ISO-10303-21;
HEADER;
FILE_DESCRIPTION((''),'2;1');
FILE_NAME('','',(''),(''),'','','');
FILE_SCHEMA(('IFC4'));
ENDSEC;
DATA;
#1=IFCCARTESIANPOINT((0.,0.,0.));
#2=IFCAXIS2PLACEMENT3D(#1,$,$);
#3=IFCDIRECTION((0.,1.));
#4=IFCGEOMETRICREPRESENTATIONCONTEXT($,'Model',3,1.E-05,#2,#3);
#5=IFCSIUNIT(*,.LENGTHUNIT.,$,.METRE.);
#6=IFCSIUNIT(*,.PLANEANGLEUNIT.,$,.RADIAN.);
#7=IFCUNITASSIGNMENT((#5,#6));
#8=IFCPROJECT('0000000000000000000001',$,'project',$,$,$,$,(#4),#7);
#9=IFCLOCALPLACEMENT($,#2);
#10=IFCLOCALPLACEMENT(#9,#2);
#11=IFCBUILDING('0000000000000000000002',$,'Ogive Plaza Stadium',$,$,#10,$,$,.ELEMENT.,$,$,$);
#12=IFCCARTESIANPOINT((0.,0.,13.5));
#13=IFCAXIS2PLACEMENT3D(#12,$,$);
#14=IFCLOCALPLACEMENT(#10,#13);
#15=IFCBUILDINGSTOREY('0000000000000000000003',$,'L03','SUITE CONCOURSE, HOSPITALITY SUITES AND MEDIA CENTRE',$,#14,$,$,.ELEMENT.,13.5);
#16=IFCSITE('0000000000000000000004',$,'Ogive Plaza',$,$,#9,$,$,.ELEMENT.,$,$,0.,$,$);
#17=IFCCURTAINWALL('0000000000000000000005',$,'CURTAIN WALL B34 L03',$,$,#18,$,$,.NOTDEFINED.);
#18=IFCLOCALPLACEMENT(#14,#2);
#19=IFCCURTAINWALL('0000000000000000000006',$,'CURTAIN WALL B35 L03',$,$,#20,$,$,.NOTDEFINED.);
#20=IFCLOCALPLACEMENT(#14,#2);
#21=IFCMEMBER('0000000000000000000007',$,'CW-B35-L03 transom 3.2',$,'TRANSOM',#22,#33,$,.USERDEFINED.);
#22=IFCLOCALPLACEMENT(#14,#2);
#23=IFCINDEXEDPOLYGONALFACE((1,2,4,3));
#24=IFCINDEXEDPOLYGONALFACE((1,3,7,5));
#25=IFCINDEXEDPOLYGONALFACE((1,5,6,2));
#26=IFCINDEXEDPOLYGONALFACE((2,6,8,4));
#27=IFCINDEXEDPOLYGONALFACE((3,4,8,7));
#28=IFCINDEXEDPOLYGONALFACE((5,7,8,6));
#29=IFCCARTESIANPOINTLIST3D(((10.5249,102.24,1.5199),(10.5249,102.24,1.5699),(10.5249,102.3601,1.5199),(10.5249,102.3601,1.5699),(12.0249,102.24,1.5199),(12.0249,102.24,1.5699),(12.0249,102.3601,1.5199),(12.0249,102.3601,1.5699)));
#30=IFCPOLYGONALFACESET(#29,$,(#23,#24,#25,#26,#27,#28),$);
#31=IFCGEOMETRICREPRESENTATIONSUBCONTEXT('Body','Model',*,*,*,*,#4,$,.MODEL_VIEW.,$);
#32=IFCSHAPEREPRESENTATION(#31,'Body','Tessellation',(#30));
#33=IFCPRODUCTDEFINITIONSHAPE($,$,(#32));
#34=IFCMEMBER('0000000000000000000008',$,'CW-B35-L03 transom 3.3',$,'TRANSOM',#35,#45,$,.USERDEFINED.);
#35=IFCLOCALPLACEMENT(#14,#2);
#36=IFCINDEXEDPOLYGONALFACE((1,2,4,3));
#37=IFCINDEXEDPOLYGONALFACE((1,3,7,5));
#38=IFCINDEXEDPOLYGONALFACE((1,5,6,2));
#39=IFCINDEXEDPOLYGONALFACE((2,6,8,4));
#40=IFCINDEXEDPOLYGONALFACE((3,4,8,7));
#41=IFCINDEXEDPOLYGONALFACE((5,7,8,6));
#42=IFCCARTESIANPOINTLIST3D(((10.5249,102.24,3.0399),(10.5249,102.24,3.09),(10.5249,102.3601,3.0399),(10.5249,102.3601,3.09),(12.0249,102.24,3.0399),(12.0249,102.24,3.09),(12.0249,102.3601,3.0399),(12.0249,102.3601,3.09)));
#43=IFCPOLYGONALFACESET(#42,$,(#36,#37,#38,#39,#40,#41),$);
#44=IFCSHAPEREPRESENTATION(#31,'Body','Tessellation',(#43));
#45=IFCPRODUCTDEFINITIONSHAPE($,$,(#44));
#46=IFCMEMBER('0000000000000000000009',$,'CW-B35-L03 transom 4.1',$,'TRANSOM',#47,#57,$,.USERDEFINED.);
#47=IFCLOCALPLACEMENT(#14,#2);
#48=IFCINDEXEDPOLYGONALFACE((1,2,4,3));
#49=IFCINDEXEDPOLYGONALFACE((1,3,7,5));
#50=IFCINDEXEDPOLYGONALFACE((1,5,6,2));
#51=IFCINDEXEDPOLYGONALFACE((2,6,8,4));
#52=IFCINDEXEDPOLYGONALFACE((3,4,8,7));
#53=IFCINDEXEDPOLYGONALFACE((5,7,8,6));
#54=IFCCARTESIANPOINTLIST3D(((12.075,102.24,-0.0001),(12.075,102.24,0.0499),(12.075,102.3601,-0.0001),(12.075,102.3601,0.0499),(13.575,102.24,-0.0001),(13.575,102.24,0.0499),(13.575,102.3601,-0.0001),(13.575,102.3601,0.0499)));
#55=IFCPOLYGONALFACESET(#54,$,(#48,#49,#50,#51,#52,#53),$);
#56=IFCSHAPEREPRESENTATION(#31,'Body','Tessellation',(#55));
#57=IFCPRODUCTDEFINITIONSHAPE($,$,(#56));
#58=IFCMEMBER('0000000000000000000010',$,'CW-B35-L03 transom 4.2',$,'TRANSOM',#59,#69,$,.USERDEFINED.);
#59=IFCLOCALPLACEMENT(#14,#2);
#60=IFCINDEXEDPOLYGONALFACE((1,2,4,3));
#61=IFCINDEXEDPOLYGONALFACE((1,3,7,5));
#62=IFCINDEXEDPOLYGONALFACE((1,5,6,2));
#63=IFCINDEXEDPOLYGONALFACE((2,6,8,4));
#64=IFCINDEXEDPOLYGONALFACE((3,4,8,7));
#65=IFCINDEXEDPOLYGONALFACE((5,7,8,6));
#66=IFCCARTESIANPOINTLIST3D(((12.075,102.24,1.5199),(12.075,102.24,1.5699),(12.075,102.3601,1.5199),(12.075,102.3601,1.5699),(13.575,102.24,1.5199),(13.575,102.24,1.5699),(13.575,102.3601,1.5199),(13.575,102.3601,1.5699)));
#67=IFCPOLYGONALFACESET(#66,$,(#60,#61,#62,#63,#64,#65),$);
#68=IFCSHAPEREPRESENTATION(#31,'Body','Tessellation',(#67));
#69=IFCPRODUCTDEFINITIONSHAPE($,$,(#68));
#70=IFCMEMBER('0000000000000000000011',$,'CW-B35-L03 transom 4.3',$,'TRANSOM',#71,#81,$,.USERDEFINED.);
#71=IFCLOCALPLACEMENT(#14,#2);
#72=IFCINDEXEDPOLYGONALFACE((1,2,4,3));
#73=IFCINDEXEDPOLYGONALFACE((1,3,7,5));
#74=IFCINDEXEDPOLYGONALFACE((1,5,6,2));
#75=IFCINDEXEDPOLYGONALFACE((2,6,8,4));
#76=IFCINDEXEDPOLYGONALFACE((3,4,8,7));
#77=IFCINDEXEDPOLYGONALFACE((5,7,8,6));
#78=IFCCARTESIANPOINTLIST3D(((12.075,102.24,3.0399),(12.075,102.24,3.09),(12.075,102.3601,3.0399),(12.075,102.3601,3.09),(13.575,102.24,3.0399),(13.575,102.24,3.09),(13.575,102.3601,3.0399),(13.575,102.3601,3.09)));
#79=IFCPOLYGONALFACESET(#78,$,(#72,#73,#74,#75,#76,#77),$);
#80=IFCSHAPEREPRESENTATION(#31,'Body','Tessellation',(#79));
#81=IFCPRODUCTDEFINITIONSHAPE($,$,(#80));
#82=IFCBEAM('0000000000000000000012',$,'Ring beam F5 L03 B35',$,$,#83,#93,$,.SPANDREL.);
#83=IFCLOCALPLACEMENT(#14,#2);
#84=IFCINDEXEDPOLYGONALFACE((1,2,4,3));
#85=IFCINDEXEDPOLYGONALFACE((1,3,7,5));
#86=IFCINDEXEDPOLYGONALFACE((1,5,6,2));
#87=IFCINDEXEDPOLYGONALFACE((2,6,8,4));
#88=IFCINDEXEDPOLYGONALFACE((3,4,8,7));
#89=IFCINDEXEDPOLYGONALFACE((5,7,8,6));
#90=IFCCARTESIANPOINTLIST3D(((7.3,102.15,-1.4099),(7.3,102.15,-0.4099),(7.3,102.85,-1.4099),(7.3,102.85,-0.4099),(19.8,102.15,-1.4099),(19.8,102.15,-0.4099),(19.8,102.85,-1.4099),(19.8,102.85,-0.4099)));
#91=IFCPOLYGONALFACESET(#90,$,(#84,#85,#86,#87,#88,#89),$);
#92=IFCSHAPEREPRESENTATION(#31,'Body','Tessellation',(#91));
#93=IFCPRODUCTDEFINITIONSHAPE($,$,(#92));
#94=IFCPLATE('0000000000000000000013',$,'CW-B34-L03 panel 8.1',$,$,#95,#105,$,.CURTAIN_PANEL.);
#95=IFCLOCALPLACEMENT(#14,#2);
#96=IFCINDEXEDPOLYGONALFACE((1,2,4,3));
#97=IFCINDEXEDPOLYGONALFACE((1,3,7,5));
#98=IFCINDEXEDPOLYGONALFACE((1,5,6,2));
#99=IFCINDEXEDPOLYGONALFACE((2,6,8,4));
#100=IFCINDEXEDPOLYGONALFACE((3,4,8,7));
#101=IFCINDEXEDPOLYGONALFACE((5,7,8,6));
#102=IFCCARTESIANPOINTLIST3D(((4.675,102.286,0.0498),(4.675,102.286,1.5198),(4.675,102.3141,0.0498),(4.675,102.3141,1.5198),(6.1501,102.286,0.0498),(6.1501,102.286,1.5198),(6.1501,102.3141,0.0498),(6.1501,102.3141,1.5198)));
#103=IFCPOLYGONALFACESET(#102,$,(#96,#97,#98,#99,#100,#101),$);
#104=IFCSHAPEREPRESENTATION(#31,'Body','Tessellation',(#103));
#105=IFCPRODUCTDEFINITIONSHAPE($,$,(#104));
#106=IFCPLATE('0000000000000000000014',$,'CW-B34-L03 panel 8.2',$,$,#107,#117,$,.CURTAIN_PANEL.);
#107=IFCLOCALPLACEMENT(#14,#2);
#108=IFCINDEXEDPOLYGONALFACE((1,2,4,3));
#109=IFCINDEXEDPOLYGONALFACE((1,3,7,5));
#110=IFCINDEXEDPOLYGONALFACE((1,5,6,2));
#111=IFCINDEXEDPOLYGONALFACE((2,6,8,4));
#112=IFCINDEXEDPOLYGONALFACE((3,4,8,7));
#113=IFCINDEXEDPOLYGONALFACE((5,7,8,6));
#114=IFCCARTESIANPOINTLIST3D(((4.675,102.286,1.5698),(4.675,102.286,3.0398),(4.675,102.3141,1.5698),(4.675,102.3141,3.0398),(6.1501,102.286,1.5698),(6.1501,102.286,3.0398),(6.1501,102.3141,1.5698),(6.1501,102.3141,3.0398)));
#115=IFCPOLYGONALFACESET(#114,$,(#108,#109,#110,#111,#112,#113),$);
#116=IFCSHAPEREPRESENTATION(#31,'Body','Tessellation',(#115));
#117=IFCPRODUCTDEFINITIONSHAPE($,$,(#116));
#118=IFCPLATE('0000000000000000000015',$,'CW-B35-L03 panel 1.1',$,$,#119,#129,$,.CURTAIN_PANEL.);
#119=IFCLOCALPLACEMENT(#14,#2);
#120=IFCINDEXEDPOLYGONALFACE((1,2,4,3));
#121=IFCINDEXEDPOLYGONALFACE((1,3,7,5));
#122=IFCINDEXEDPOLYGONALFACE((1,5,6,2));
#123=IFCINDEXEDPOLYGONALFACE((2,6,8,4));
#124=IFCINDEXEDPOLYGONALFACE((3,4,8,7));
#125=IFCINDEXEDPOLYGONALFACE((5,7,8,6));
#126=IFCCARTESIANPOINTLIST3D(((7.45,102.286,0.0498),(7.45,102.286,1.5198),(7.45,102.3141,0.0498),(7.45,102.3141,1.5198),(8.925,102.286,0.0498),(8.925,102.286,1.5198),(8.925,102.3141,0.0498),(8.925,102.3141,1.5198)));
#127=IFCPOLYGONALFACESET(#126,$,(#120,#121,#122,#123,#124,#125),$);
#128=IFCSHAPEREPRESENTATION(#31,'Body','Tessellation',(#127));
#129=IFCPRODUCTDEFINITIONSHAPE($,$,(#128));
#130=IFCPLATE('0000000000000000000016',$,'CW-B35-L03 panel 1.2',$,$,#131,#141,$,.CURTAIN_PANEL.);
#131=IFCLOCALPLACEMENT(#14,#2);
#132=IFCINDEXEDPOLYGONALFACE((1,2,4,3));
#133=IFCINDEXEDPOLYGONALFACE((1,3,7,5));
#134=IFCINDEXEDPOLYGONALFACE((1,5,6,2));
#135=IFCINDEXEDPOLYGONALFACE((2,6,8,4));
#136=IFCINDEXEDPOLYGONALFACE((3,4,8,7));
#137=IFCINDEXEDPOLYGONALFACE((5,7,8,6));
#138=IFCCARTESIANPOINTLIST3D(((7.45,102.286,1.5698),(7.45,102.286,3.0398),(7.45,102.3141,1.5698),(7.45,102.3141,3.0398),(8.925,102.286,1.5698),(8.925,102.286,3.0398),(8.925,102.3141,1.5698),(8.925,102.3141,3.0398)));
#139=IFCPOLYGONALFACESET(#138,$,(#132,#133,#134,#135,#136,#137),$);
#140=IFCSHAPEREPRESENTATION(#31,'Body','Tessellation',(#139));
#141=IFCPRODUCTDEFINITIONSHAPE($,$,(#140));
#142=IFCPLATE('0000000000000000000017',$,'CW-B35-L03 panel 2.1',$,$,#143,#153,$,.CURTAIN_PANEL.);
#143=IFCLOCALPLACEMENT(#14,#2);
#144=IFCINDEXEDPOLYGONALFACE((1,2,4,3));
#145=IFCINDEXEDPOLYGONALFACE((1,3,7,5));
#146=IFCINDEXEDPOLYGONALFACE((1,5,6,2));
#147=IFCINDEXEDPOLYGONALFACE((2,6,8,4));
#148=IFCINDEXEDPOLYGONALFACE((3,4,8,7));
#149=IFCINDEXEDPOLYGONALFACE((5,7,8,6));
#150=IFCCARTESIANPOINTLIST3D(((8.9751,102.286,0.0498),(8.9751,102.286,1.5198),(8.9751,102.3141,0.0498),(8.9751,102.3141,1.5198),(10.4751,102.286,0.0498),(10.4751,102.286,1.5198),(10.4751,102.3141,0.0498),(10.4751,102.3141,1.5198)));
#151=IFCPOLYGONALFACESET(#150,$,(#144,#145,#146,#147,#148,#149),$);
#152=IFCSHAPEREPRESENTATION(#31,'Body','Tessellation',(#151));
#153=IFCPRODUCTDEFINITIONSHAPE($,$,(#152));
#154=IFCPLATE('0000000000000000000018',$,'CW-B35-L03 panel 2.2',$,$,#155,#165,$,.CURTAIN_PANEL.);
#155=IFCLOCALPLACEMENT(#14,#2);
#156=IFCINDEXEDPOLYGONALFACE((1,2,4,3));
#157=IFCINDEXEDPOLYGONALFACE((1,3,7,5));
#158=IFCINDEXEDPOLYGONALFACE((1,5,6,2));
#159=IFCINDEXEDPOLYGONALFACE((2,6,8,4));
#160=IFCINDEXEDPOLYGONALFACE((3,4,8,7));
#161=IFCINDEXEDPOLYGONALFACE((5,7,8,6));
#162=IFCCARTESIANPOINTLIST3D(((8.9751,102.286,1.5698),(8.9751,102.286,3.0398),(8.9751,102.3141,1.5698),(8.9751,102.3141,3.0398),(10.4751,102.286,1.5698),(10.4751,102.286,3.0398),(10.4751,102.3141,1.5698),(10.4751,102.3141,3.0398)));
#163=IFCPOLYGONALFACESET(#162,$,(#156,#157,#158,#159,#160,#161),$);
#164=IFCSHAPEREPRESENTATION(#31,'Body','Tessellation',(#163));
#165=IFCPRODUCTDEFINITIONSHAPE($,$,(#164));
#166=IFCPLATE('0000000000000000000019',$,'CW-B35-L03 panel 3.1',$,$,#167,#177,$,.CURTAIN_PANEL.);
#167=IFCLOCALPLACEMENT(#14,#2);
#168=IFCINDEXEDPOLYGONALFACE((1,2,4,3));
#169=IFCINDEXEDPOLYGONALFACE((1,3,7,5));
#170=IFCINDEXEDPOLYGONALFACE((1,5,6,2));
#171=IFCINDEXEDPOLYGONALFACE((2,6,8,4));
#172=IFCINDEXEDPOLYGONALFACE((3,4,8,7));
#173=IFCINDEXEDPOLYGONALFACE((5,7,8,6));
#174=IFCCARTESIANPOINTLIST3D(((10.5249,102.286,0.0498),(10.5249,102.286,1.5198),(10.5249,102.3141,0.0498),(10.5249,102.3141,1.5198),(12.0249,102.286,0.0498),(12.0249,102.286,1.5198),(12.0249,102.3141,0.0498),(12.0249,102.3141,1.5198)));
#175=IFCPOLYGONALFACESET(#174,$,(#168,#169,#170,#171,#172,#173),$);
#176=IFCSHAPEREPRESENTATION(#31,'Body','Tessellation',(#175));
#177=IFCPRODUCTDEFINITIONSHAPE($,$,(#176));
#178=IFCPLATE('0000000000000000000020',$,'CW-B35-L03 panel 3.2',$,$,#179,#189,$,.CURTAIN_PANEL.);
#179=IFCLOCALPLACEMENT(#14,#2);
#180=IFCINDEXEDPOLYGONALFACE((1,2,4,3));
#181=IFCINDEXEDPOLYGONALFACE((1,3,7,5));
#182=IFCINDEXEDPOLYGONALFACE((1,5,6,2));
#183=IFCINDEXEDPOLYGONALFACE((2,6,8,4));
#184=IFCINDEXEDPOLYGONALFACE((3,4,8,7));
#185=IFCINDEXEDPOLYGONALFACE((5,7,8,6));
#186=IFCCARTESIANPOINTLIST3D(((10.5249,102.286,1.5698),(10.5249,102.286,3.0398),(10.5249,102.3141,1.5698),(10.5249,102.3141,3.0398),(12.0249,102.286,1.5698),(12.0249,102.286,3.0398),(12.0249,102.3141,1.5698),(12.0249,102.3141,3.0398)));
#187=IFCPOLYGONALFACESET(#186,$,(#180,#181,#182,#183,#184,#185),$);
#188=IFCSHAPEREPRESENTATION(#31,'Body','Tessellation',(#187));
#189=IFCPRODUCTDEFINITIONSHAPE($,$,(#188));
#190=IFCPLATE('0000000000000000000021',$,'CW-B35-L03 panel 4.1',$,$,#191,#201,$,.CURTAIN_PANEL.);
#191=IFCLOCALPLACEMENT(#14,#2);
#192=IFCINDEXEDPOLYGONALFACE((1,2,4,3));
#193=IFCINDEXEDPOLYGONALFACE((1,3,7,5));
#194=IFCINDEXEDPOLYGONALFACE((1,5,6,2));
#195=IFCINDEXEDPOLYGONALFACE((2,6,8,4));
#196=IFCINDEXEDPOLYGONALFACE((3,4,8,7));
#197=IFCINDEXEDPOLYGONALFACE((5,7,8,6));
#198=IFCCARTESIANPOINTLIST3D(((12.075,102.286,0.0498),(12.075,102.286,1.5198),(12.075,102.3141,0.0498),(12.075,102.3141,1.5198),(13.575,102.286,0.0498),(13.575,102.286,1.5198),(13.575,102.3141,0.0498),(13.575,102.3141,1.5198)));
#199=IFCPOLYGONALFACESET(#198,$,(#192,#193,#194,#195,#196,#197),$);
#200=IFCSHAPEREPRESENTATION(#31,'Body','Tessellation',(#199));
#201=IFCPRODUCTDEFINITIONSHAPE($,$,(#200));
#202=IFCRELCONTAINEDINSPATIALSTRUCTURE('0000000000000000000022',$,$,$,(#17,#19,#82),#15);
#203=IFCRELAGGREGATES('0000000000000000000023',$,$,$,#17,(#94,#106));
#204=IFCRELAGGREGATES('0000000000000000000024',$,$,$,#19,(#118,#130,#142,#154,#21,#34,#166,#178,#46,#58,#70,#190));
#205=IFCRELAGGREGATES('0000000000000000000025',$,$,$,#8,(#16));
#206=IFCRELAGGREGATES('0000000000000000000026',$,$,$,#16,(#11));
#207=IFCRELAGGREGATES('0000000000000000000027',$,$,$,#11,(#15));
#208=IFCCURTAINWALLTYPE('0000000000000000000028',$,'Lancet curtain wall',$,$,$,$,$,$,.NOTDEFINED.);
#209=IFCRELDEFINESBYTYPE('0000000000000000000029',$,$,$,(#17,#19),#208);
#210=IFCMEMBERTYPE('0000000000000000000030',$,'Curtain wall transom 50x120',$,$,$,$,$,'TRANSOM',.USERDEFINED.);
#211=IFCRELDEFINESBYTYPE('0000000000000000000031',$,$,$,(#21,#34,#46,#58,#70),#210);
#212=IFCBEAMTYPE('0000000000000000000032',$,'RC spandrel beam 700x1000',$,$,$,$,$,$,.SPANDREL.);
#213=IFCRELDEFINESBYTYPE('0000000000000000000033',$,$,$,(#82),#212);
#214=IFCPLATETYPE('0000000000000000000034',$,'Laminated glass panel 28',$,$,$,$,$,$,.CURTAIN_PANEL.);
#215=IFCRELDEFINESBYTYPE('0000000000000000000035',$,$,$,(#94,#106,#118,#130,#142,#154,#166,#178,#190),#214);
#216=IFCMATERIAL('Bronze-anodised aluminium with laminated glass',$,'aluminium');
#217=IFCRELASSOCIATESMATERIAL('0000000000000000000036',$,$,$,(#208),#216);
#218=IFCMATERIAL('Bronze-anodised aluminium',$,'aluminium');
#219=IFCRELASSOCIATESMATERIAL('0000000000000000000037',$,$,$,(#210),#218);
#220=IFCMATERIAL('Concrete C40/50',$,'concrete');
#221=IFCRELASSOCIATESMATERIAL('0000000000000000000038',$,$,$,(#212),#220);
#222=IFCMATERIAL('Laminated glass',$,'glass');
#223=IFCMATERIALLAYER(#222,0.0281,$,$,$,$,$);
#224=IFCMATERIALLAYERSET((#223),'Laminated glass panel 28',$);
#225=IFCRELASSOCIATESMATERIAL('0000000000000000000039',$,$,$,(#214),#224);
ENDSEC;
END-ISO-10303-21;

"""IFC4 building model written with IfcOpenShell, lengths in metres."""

from ifc_helpers import new_model, si_unit, direction, frame, origin, origin_2d, place, context, subcontext, project, spatial, rectangle, extrude, material, layer, layer_set, material_profile, profile_set, type_object, element, aggregate, save


model = new_model("IFC4")

# Units and contexts
model_context = context("Model", 3, precision=1e-05, world=origin(), true_north=direction((0.0, 1.0)))
body_context = subcontext(model_context, "Body", "Model", "MODEL_VIEW")
ifc_project = project(units=[si_unit("LENGTHUNIT", "METRE"), si_unit("PLANEANGLEUNIT", "RADIAN")], contexts=[model_context])

# Site, building, storey
site_placement = place(None, origin())
site = spatial("IfcSite", under=ifc_project, at=site_placement, Name="Ogive Plaza", CompositionType="ELEMENT", RefElevation=0.0)
building_placement = place(site_placement, origin())
building = spatial("IfcBuilding", under=site, at=building_placement, Name="Ogive Plaza Stadium", CompositionType="ELEMENT")
storey_placement = place(building_placement, frame((0.0, 0.0, 13.5)))
storey = spatial("IfcBuildingStorey", under=building, at=storey_placement, Name="L03", Description="SUITE CONCOURSE, HOSPITALITY SUITES AND MEDIA CENTRE", CompositionType="ELEMENT", Elevation=13.5)

# Curtain wall
ifc_material_1 = material(Name="Bronze-anodised aluminium with laminated glass", Category="aluminium")
curtain_wall_type = type_object("IfcCurtainWallType", Name="Lancet curtain wall", PredefinedType="NOTDEFINED", material=ifc_material_1)
curtain_wall_1_placement = place(storey_placement, origin())
curtain_wall_1 = element("IfcCurtainWall", 1, at=curtain_wall_1_placement, inside=storey, type_object=curtain_wall_type, Name="CURTAIN WALL B34 L03", PredefinedType="NOTDEFINED")

# Curtain wall
curtain_wall_2_placement = place(storey_placement, origin())
curtain_wall_2 = element("IfcCurtainWall", 2, at=curtain_wall_2_placement, inside=storey, type_object=curtain_wall_type, Name="CURTAIN WALL B35 L03", PredefinedType="NOTDEFINED")

# Members
ifc_material_2 = material(Name="Bronze-anodised aluminium", Category="aluminium")
ifc_material_profile_1 = material_profile(ifc_material_2, rectangle(XDim=0.1201, YDim=0.05, at=origin_2d()), Name="AL 120x50")
ifc_profile_set_1 = profile_set([ifc_material_profile_1], Name="Bronze-anodised aluminium")
member_type_1 = type_object("IfcMemberType", Name="Curtain wall transom 50x120", ElementType="TRANSOM", PredefinedType="USERDEFINED", material=ifc_profile_set_1)
member_1_placement = place(storey_placement, frame((10.5249, 102.3, 1.5449), z_axis=(1.0, 0.0, 0.0), x_axis=(0.0, 1.0, 0.0)))
member_1 = element("IfcMember", 3, at=member_1_placement, type_object=member_type_1, Name="CW-B35-L03 transom 3.2", ObjectType="TRANSOM", PredefinedType="USERDEFINED", context=body_context, shape_type="SweptSolid", body=[
    extrude(rectangle(XDim=0.1201, YDim=0.05, at=origin_2d()), origin(), (0.0, 0.0, 1.0), 1.5),
])
member_2_placement = place(storey_placement, frame((10.5249, 102.3, 3.0649), z_axis=(1.0, 0.0, 0.0), x_axis=(0.0, 1.0, 0.0)))
member_2 = element("IfcMember", 4, at=member_2_placement, type_object=member_type_1, Name="CW-B35-L03 transom 3.3", ObjectType="TRANSOM", PredefinedType="USERDEFINED", context=body_context, shape_type="SweptSolid", body=[
    extrude(rectangle(XDim=0.1201, YDim=0.05, at=origin_2d()), origin(), (0.0, 0.0, 1.0), 1.5),
])
member_3_placement = place(storey_placement, frame((12.075, 102.3, 0.0249), z_axis=(1.0, 0.0, 0.0), x_axis=(0.0, 1.0, 0.0)))
member_3 = element("IfcMember", 5, at=member_3_placement, type_object=member_type_1, Name="CW-B35-L03 transom 4.1", ObjectType="TRANSOM", PredefinedType="USERDEFINED", context=body_context, shape_type="SweptSolid", body=[
    extrude(rectangle(XDim=0.1201, YDim=0.05, at=origin_2d()), origin(), (0.0, 0.0, 1.0), 1.5),
])
member_4_placement = place(storey_placement, frame((12.075, 102.3, 1.5449), z_axis=(1.0, 0.0, 0.0), x_axis=(0.0, 1.0, 0.0)))
member_4 = element("IfcMember", 6, at=member_4_placement, type_object=member_type_1, Name="CW-B35-L03 transom 4.2", ObjectType="TRANSOM", PredefinedType="USERDEFINED", context=body_context, shape_type="SweptSolid", body=[
    extrude(rectangle(XDim=0.1201, YDim=0.05, at=origin_2d()), origin(), (0.0, 0.0, 1.0), 1.5),
])
member_5_placement = place(storey_placement, frame((12.075, 102.3, 3.0649), z_axis=(1.0, 0.0, 0.0), x_axis=(0.0, 1.0, 0.0)))
member_5 = element("IfcMember", 7, at=member_5_placement, type_object=member_type_1, Name="CW-B35-L03 transom 4.3", ObjectType="TRANSOM", PredefinedType="USERDEFINED", context=body_context, shape_type="SweptSolid", body=[
    extrude(rectangle(XDim=0.1201, YDim=0.05, at=origin_2d()), origin(), (0.0, 0.0, 1.0), 1.5),
])

# Beam
ifc_material_3 = material(Name="Concrete C40/50", Category="concrete")
ifc_material_profile_2 = material_profile(ifc_material_3, rectangle(XDim=0.7, YDim=1.0, at=origin_2d()), Name="RC 700x1000")
ifc_profile_set_2 = profile_set([ifc_material_profile_2], Name="Concrete C40/50")
beam_type = type_object("IfcBeamType", Name="RC spandrel beam 700x1000", PredefinedType="SPANDREL", material=ifc_profile_set_2)
beam_placement = place(storey_placement, frame((7.3, 102.5, -0.9099), z_axis=(1.0, 0.0, 0.0), x_axis=(0.0, 1.0, 0.0)))
element("IfcBeam", 8, at=beam_placement, inside=storey, type_object=beam_type, Name="Ring beam F5 L03 B35", PredefinedType="SPANDREL", context=body_context, shape_type="SweptSolid", body=[
    extrude(rectangle(XDim=0.7, YDim=1.0, at=origin_2d()), origin(), (0.0, 0.0, 1.0), 12.5),
])

# Plates
ifc_material_4 = material(Name="Laminated glass", Category="glass")
ifc_layer_1 = layer(ifc_material_4, 0.0281)
ifc_layer_set_1 = layer_set([ifc_layer_1], Name="Laminated glass panel 28")
plate_type = type_object("IfcPlateType", Name="Laminated glass panel 28", PredefinedType="CURTAIN_PANEL", material=ifc_layer_set_1)
plate_1_placement = place(storey_placement, frame((5.4126, 102.3, 0.0498), z_axis=(0.0, 0.0, 1.0), x_axis=(1.0, 0.0, 0.0)))
plate_1 = element("IfcPlate", 9, at=plate_1_placement, type_object=plate_type, Name="CW-B34-L03 panel 8.1", PredefinedType="CURTAIN_PANEL", context=body_context, shape_type="SweptSolid", body=[
    extrude(rectangle(XDim=1.4751, YDim=0.0281, at=origin_2d()), origin(), (0.0, 0.0, 1.0), 1.47),
])
plate_2_placement = place(storey_placement, frame((5.4126, 102.3, 1.5698), z_axis=(0.0, 0.0, 1.0), x_axis=(1.0, 0.0, 0.0)))
plate_2 = element("IfcPlate", 10, at=plate_2_placement, type_object=plate_type, Name="CW-B34-L03 panel 8.2", PredefinedType="CURTAIN_PANEL", context=body_context, shape_type="SweptSolid", body=[
    extrude(rectangle(XDim=1.4751, YDim=0.0281, at=origin_2d()), origin(), (0.0, 0.0, 1.0), 1.47),
])
aggregate(curtain_wall_1, [plate_1, plate_2])
plate_3_placement = place(storey_placement, frame((8.1875, 102.3, 0.0498), z_axis=(0.0, 0.0, 1.0), x_axis=(1.0, 0.0, 0.0)))
plate_3 = element("IfcPlate", 11, at=plate_3_placement, type_object=plate_type, Name="CW-B35-L03 panel 1.1", PredefinedType="CURTAIN_PANEL", context=body_context, shape_type="SweptSolid", body=[
    extrude(rectangle(XDim=1.4751, YDim=0.0281, at=origin_2d()), origin(), (0.0, 0.0, 1.0), 1.47),
])
plate_4_placement = place(storey_placement, frame((8.1875, 102.3, 1.5698), z_axis=(0.0, 0.0, 1.0), x_axis=(1.0, 0.0, 0.0)))
plate_4 = element("IfcPlate", 12, at=plate_4_placement, type_object=plate_type, Name="CW-B35-L03 panel 1.2", PredefinedType="CURTAIN_PANEL", context=body_context, shape_type="SweptSolid", body=[
    extrude(rectangle(XDim=1.4751, YDim=0.0281, at=origin_2d()), origin(), (0.0, 0.0, 1.0), 1.47),
])
plate_5_placement = place(storey_placement, frame((9.7251, 102.3, 0.0498), z_axis=(0.0, 0.0, 1.0), x_axis=(1.0, 0.0, 0.0)))
plate_5 = element("IfcPlate", 13, at=plate_5_placement, type_object=plate_type, Name="CW-B35-L03 panel 2.1", PredefinedType="CURTAIN_PANEL", context=body_context, shape_type="SweptSolid", body=[
    extrude(rectangle(XDim=1.5, YDim=0.0281, at=origin_2d()), origin(), (0.0, 0.0, 1.0), 1.47),
])
plate_6_placement = place(storey_placement, frame((9.7251, 102.3, 1.5698), z_axis=(0.0, 0.0, 1.0), x_axis=(1.0, 0.0, 0.0)))
plate_6 = element("IfcPlate", 14, at=plate_6_placement, type_object=plate_type, Name="CW-B35-L03 panel 2.2", PredefinedType="CURTAIN_PANEL", context=body_context, shape_type="SweptSolid", body=[
    extrude(rectangle(XDim=1.5, YDim=0.0281, at=origin_2d()), origin(), (0.0, 0.0, 1.0), 1.47),
])
plate_7_placement = place(storey_placement, frame((11.2749, 102.3, 0.0498), z_axis=(0.0, 0.0, 1.0), x_axis=(1.0, 0.0, 0.0)))
plate_7 = element("IfcPlate", 15, at=plate_7_placement, type_object=plate_type, Name="CW-B35-L03 panel 3.1", PredefinedType="CURTAIN_PANEL", context=body_context, shape_type="SweptSolid", body=[
    extrude(rectangle(XDim=1.5, YDim=0.0281, at=origin_2d()), origin(), (0.0, 0.0, 1.0), 1.47),
])
plate_8_placement = place(storey_placement, frame((11.2749, 102.3, 1.5698), z_axis=(0.0, 0.0, 1.0), x_axis=(1.0, 0.0, 0.0)))
plate_8 = element("IfcPlate", 16, at=plate_8_placement, type_object=plate_type, Name="CW-B35-L03 panel 3.2", PredefinedType="CURTAIN_PANEL", context=body_context, shape_type="SweptSolid", body=[
    extrude(rectangle(XDim=1.5, YDim=0.0281, at=origin_2d()), origin(), (0.0, 0.0, 1.0), 1.47),
])
plate_9_placement = place(storey_placement, frame((12.825, 102.3, 0.0498), z_axis=(0.0, 0.0, 1.0), x_axis=(1.0, 0.0, 0.0)))
plate_9 = element("IfcPlate", 17, at=plate_9_placement, type_object=plate_type, Name="CW-B35-L03 panel 4.1", PredefinedType="CURTAIN_PANEL", context=body_context, shape_type="SweptSolid", body=[
    extrude(rectangle(XDim=1.5, YDim=0.0281, at=origin_2d()), origin(), (0.0, 0.0, 1.0), 1.47),
])
aggregate(curtain_wall_2, [plate_3, plate_4, plate_5, plate_6, member_1, member_2, plate_7, plate_8, member_3, member_4, member_5, plate_9])

save(model, "model.ifc")
